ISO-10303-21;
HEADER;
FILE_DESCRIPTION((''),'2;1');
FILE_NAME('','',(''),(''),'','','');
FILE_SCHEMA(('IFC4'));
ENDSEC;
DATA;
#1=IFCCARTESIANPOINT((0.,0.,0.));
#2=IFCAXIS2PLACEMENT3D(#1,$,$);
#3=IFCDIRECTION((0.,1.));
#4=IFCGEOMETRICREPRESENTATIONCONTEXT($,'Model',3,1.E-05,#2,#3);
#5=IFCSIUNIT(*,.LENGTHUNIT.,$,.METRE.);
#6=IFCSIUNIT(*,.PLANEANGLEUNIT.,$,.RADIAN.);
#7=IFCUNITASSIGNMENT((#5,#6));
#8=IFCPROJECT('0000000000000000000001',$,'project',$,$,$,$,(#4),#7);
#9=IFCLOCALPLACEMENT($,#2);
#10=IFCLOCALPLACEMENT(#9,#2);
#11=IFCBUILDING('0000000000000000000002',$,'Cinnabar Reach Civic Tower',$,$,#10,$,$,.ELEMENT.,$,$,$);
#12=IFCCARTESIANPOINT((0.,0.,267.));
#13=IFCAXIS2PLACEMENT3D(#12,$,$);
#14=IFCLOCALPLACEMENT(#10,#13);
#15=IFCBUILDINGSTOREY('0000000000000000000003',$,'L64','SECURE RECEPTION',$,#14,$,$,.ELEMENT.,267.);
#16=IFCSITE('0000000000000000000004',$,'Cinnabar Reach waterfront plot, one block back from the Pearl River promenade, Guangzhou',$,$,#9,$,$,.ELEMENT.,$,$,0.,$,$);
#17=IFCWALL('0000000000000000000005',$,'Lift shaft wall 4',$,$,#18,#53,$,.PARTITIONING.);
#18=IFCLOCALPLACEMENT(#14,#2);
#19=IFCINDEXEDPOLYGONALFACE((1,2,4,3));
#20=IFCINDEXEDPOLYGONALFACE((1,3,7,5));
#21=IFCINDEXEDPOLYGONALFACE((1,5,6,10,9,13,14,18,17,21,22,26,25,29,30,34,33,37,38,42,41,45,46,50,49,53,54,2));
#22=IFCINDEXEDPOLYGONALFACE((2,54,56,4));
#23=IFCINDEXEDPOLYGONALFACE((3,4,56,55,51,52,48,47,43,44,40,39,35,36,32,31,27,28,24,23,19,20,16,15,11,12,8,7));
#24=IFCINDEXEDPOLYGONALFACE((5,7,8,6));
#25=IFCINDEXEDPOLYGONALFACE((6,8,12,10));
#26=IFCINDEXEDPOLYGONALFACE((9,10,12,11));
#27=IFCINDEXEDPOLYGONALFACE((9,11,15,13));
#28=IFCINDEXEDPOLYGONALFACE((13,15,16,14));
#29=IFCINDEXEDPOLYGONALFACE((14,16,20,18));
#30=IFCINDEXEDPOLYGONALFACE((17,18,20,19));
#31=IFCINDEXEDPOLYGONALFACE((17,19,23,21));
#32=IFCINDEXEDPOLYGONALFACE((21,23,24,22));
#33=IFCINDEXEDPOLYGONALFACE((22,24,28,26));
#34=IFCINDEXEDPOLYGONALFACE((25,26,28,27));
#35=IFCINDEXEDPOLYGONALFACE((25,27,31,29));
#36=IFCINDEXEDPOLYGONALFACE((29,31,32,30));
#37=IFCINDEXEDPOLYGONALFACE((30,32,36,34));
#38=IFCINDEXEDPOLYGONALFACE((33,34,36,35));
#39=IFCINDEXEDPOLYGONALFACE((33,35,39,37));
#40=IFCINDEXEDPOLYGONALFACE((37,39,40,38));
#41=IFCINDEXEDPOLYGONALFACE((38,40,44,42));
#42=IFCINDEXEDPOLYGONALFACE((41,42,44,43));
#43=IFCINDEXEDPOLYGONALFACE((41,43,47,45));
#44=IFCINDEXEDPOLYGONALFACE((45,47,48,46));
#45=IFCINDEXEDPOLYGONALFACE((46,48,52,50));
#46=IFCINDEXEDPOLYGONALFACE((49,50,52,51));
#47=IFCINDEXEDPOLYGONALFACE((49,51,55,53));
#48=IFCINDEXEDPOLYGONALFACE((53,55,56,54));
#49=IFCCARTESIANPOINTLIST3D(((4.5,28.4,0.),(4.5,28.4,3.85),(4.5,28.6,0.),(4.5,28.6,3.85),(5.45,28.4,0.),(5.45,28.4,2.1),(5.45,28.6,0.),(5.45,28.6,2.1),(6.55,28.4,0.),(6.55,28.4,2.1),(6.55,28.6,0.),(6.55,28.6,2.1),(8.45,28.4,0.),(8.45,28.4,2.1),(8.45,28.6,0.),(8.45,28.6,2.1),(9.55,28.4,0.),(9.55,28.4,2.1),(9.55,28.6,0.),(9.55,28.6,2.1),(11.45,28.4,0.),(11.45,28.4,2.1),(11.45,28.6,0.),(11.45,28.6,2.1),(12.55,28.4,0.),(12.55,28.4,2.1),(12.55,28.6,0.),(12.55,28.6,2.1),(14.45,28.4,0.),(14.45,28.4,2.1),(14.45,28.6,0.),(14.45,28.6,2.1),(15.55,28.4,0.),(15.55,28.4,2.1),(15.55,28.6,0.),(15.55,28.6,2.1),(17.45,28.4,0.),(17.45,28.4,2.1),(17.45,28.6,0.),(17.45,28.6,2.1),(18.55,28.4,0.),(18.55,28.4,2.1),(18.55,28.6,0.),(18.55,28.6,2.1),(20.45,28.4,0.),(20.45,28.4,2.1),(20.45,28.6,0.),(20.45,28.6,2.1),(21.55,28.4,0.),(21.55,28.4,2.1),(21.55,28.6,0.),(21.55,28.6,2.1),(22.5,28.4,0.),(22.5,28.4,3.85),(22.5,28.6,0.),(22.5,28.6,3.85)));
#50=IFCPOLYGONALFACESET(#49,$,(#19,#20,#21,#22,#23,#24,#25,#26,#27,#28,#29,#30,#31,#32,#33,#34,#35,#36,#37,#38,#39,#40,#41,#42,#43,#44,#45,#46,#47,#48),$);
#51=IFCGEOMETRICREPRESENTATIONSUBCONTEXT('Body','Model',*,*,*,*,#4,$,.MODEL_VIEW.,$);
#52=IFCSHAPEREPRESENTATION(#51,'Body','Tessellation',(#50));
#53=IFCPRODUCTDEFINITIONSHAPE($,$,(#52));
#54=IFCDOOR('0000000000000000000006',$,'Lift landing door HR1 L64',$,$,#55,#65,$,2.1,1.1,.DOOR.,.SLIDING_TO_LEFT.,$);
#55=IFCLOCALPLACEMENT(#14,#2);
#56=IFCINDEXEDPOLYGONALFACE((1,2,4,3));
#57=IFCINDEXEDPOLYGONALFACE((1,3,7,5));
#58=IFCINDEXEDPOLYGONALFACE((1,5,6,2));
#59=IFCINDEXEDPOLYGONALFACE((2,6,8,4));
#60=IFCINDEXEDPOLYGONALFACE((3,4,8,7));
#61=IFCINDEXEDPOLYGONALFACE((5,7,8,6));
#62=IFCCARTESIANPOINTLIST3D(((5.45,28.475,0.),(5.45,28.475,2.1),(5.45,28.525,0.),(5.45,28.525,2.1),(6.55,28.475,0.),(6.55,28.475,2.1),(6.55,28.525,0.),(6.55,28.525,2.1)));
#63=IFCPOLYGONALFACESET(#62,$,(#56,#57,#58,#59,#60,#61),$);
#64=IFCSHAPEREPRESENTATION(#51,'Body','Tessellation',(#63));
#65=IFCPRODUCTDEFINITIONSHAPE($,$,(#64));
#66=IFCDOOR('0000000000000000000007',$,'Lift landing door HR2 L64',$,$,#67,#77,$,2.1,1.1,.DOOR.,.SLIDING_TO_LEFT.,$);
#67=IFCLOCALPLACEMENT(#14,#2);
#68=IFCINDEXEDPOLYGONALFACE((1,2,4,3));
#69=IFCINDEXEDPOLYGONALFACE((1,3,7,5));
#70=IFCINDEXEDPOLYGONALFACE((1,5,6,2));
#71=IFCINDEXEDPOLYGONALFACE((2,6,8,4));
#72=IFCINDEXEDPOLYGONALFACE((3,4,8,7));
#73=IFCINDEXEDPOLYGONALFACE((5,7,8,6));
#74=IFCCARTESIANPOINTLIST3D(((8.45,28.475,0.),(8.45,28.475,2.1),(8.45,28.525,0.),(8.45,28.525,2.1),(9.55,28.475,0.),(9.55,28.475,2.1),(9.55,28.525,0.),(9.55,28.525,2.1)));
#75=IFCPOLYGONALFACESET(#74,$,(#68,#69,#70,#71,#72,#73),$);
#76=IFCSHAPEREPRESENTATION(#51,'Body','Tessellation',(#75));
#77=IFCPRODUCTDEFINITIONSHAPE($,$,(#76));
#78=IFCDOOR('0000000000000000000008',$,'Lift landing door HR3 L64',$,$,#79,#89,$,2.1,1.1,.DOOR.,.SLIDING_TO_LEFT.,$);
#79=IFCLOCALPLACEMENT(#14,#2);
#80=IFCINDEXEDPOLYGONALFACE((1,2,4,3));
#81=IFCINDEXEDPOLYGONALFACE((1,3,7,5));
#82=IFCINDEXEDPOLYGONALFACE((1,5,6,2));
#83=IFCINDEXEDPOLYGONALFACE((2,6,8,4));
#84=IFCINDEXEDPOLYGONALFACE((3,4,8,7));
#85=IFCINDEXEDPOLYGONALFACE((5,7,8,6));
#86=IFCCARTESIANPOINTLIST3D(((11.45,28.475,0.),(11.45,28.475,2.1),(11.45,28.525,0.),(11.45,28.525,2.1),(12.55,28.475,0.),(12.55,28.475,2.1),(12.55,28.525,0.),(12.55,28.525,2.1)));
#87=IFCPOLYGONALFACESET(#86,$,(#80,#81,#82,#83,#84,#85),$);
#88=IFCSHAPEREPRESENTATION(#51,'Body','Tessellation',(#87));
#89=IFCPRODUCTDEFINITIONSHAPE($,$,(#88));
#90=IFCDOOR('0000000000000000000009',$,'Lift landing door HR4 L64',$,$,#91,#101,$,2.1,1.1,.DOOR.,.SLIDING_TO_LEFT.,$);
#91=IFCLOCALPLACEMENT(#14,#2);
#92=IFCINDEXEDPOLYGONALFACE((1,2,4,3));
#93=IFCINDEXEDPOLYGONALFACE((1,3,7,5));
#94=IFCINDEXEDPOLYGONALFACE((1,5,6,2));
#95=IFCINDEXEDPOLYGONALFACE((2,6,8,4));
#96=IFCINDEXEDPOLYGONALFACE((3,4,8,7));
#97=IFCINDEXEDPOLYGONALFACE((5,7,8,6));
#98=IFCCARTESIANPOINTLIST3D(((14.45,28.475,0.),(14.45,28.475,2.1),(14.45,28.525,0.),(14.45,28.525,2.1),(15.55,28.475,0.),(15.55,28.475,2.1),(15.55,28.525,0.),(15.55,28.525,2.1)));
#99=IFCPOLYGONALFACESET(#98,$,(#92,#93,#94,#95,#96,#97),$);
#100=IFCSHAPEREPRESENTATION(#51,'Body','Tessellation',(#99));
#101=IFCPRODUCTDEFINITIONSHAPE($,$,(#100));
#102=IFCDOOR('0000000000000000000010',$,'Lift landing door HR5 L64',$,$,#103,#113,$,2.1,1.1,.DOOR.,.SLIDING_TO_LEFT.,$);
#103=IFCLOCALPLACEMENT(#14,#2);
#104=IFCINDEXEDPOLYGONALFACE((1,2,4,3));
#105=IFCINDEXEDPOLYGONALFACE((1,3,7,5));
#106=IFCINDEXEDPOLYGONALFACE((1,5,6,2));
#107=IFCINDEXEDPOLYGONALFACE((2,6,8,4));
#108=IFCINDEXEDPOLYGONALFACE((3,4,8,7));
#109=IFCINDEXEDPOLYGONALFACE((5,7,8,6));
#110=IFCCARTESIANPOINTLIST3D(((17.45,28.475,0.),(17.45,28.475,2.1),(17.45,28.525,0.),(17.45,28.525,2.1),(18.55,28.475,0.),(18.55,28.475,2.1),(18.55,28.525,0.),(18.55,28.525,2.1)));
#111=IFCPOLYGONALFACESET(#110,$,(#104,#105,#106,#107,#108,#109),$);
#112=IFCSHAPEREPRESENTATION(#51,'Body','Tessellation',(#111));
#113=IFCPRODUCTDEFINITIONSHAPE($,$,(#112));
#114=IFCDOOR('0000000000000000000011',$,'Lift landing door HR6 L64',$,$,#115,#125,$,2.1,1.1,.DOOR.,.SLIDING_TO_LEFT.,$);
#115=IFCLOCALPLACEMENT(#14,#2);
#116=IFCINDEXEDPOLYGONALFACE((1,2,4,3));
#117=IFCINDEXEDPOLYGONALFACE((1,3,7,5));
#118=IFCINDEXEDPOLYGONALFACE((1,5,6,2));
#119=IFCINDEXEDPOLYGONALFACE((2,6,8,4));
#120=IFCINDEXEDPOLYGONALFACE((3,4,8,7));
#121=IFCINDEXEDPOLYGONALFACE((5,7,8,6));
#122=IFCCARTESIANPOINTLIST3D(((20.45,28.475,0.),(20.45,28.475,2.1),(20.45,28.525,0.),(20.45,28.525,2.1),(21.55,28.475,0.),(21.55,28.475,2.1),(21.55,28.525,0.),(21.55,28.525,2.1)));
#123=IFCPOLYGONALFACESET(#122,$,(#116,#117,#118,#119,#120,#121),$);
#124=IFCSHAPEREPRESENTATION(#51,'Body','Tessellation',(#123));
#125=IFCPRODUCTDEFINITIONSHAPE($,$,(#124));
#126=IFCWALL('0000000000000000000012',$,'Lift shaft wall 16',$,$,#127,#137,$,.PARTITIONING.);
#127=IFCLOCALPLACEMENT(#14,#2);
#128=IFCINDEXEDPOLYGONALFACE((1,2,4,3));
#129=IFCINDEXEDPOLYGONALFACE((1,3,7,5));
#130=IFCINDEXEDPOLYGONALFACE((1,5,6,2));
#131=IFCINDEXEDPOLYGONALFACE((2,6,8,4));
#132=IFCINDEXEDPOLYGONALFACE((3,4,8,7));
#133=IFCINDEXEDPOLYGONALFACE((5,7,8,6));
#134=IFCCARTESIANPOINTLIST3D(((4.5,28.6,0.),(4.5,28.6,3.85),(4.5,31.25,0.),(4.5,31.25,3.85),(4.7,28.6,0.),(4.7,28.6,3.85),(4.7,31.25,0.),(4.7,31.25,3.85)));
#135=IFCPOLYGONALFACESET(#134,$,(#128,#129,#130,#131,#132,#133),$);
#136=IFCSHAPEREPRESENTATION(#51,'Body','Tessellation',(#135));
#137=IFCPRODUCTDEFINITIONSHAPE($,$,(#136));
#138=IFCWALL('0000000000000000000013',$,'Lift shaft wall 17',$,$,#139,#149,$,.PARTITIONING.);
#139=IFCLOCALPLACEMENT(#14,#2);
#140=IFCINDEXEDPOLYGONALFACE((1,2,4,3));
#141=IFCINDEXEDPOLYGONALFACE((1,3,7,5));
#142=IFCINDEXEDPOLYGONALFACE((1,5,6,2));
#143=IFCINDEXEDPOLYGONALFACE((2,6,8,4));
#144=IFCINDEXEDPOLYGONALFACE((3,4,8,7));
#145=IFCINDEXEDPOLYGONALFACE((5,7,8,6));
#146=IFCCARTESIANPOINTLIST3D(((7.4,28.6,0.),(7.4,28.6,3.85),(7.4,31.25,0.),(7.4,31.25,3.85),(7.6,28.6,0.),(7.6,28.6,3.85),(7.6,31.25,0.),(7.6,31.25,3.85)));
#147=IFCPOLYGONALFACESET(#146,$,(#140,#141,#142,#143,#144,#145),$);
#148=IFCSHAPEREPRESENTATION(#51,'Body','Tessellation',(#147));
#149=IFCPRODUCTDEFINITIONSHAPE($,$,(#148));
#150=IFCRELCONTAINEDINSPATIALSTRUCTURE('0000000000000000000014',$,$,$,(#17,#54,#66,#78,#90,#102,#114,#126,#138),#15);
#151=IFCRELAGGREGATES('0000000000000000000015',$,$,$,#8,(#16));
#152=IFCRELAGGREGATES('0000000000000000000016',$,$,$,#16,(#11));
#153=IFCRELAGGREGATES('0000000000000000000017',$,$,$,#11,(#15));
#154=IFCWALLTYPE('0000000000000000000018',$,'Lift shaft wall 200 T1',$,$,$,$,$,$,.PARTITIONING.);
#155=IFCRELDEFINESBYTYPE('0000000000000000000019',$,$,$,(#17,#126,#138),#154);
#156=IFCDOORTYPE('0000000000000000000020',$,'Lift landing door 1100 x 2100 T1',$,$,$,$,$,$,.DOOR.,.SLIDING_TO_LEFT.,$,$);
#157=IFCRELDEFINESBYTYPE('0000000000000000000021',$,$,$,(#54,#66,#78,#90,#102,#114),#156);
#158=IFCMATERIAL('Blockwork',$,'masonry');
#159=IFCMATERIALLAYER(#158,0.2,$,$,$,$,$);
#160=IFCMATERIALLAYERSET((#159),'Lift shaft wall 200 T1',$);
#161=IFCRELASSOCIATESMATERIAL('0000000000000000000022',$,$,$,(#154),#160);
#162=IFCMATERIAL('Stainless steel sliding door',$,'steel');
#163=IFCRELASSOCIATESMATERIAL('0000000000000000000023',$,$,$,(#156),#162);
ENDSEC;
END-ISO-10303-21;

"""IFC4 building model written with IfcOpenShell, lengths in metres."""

from ifc_helpers import new_model, si_unit, direction, frame, frame_2d, origin, place, context, subcontext, project, spatial, rectangle, extrude, material, layer, layer_set, type_object, element, fill, save


model = new_model("IFC4")

# Units and contexts
model_context = context("Model", 3, precision=1e-05, world=origin(), true_north=direction((0.0, 1.0)))
body_context = subcontext(model_context, "Body", "Model", "MODEL_VIEW")
ifc_project = project(units=[si_unit("LENGTHUNIT", "METRE"), si_unit("PLANEANGLEUNIT", "RADIAN")], contexts=[model_context])

# Site, building, storey
site_placement = place(None, origin())
site = spatial("IfcSite", under=ifc_project, at=site_placement, Name="Cinnabar Reach waterfront plot, one block back from the Pearl River promenade, Guangzhou", CompositionType="ELEMENT", RefElevation=0.0)
building_placement = place(site_placement, origin())
building = spatial("IfcBuilding", under=site, at=building_placement, Name="Cinnabar Reach Civic Tower", CompositionType="ELEMENT")
storey_placement = place(building_placement, frame((0.0, 0.0, 267.0)))
storey = spatial("IfcBuildingStorey", under=building, at=storey_placement, Name="L64", Description="SECURE RECEPTION", CompositionType="ELEMENT", Elevation=267.0)

# Wall, openings, doors
ifc_material_1 = material(Name="Blockwork", Category="masonry")
ifc_layer_1 = layer(ifc_material_1, 0.2)
ifc_layer_set_1 = layer_set([ifc_layer_1], Name="Lift shaft wall 200 T1")
wall_type_1 = type_object("IfcWallType", Name="Lift shaft wall 200 T1", PredefinedType="PARTITIONING", material=ifc_layer_set_1)
wall_1_placement = place(storey_placement, frame((4.5, 28.5, 0.0), z_axis=(0.0, 0.0, 1.0), x_axis=(1.0, 0.0, 0.0)))
wall_1 = element("IfcWall", 1, at=wall_1_placement, inside=storey, type_object=wall_type_1, Name="Lift shaft wall 4", PredefinedType="PARTITIONING", context=body_context, shape_type="SweptSolid", body=[
    extrude(rectangle(XDim=18.0, YDim=0.2, at=frame_2d((9.0, 0.0))), origin(), (0.0, 0.0, 1.0), 3.85),
])
opening_1_placement = place(wall_1_placement, frame((0.95, 0.0, 0.0)))
opening_1 = element("IfcOpeningElement", 2, at=opening_1_placement, cuts=wall_1, PredefinedType="OPENING", context=body_context, shape_type="SweptSolid", body=[
    extrude(rectangle(XDim=1.1, YDim=2.1, at=frame_2d((0.55, 1.05))), frame((0.0, 0.11, 0.0), z_axis=(0.0, -1.0, 0.0), x_axis=(1.0, 0.0, 0.0)), (0.0, 0.0, 1.0), 0.22),
])
opening_2_placement = place(wall_1_placement, frame((3.95, 0.0, 0.0)))
opening_2 = element("IfcOpeningElement", 3, at=opening_2_placement, cuts=wall_1, PredefinedType="OPENING", context=body_context, shape_type="SweptSolid", body=[
    extrude(rectangle(XDim=1.1, YDim=2.1, at=frame_2d((0.55, 1.05))), frame((0.0, 0.11, 0.0), z_axis=(0.0, -1.0, 0.0), x_axis=(1.0, 0.0, 0.0)), (0.0, 0.0, 1.0), 0.22),
])
opening_3_placement = place(wall_1_placement, frame((6.95, 0.0, 0.0)))
opening_3 = element("IfcOpeningElement", 4, at=opening_3_placement, cuts=wall_1, PredefinedType="OPENING", context=body_context, shape_type="SweptSolid", body=[
    extrude(rectangle(XDim=1.1, YDim=2.1, at=frame_2d((0.55, 1.05))), frame((0.0, 0.11, 0.0), z_axis=(0.0, -1.0, 0.0), x_axis=(1.0, 0.0, 0.0)), (0.0, 0.0, 1.0), 0.22),
])
opening_4_placement = place(wall_1_placement, frame((9.95, 0.0, 0.0)))
opening_4 = element("IfcOpeningElement", 5, at=opening_4_placement, cuts=wall_1, PredefinedType="OPENING", context=body_context, shape_type="SweptSolid", body=[
    extrude(rectangle(XDim=1.1, YDim=2.1, at=frame_2d((0.55, 1.05))), frame((0.0, 0.11, 0.0), z_axis=(0.0, -1.0, 0.0), x_axis=(1.0, 0.0, 0.0)), (0.0, 0.0, 1.0), 0.22),
])
opening_5_placement = place(wall_1_placement, frame((12.95, 0.0, 0.0)))
opening_5 = element("IfcOpeningElement", 6, at=opening_5_placement, cuts=wall_1, PredefinedType="OPENING", context=body_context, shape_type="SweptSolid", body=[
    extrude(rectangle(XDim=1.1, YDim=2.1, at=frame_2d((0.55, 1.05))), frame((0.0, 0.11, 0.0), z_axis=(0.0, -1.0, 0.0), x_axis=(1.0, 0.0, 0.0)), (0.0, 0.0, 1.0), 0.22),
])
opening_6_placement = place(wall_1_placement, frame((15.95, 0.0, 0.0)))
opening_6 = element("IfcOpeningElement", 7, at=opening_6_placement, cuts=wall_1, PredefinedType="OPENING", context=body_context, shape_type="SweptSolid", body=[
    extrude(rectangle(XDim=1.1, YDim=2.1, at=frame_2d((0.55, 1.05))), frame((0.0, 0.11, 0.0), z_axis=(0.0, -1.0, 0.0), x_axis=(1.0, 0.0, 0.0)), (0.0, 0.0, 1.0), 0.22),
])
ifc_material_2 = material(Name="Stainless steel sliding door", Category="steel")
door_type_1 = type_object("IfcDoorType", Name="Lift landing door 1100 x 2100 T1", OperationType="SLIDING_TO_LEFT", PredefinedType="DOOR", material=ifc_material_2)
door_1_placement = place(opening_1_placement, origin())
door_1 = element("IfcDoor", 8, at=door_1_placement, inside=storey, type_object=door_type_1, Name="Lift landing door HR1 L64", OperationType="SLIDING_TO_LEFT", OverallHeight=2.1, OverallWidth=1.1, PredefinedType="DOOR", context=body_context, shape_type="SweptSolid", body=[
    extrude(rectangle(XDim=1.1, YDim=2.1, at=frame_2d((0.55, 1.05))), frame((0.0, 0.025, 0.0), z_axis=(0.0, -1.0, 0.0), x_axis=(1.0, 0.0, 0.0)), (0.0, 0.0, 1.0), 0.05),
])
fill(opening_1, door_1)
door_2_placement = place(opening_2_placement, origin())
door_2 = element("IfcDoor", 9, at=door_2_placement, inside=storey, type_object=door_type_1, Name="Lift landing door HR2 L64", OperationType="SLIDING_TO_LEFT", OverallHeight=2.1, OverallWidth=1.1, PredefinedType="DOOR", context=body_context, shape_type="SweptSolid", body=[
    extrude(rectangle(XDim=1.1, YDim=2.1, at=frame_2d((0.55, 1.05))), frame((0.0, 0.025, 0.0), z_axis=(0.0, -1.0, 0.0), x_axis=(1.0, 0.0, 0.0)), (0.0, 0.0, 1.0), 0.05),
])
fill(opening_2, door_2)
door_3_placement = place(opening_3_placement, origin())
door_3 = element("IfcDoor", 10, at=door_3_placement, inside=storey, type_object=door_type_1, Name="Lift landing door HR3 L64", OperationType="SLIDING_TO_LEFT", OverallHeight=2.1, OverallWidth=1.1, PredefinedType="DOOR", context=body_context, shape_type="SweptSolid", body=[
    extrude(rectangle(XDim=1.1, YDim=2.1, at=frame_2d((0.55, 1.05))), frame((0.0, 0.025, 0.0), z_axis=(0.0, -1.0, 0.0), x_axis=(1.0, 0.0, 0.0)), (0.0, 0.0, 1.0), 0.05),
])
fill(opening_3, door_3)
door_4_placement = place(opening_4_placement, origin())
door_4 = element("IfcDoor", 11, at=door_4_placement, inside=storey, type_object=door_type_1, Name="Lift landing door HR4 L64", OperationType="SLIDING_TO_LEFT", OverallHeight=2.1, OverallWidth=1.1, PredefinedType="DOOR", context=body_context, shape_type="SweptSolid", body=[
    extrude(rectangle(XDim=1.1, YDim=2.1, at=frame_2d((0.55, 1.05))), frame((0.0, 0.025, 0.0), z_axis=(0.0, -1.0, 0.0), x_axis=(1.0, 0.0, 0.0)), (0.0, 0.0, 1.0), 0.05),
])
fill(opening_4, door_4)
door_5_placement = place(opening_5_placement, origin())
door_5 = element("IfcDoor", 12, at=door_5_placement, inside=storey, type_object=door_type_1, Name="Lift landing door HR5 L64", OperationType="SLIDING_TO_LEFT", OverallHeight=2.1, OverallWidth=1.1, PredefinedType="DOOR", context=body_context, shape_type="SweptSolid", body=[
    extrude(rectangle(XDim=1.1, YDim=2.1, at=frame_2d((0.55, 1.05))), frame((0.0, 0.025, 0.0), z_axis=(0.0, -1.0, 0.0), x_axis=(1.0, 0.0, 0.0)), (0.0, 0.0, 1.0), 0.05),
])
fill(opening_5, door_5)
door_6_placement = place(opening_6_placement, origin())
door_6 = element("IfcDoor", 13, at=door_6_placement, inside=storey, type_object=door_type_1, Name="Lift landing door HR6 L64", OperationType="SLIDING_TO_LEFT", OverallHeight=2.1, OverallWidth=1.1, PredefinedType="DOOR", context=body_context, shape_type="SweptSolid", body=[
    extrude(rectangle(XDim=1.1, YDim=2.1, at=frame_2d((0.55, 1.05))), frame((0.0, 0.025, 0.0), z_axis=(0.0, -1.0, 0.0), x_axis=(1.0, 0.0, 0.0)), (0.0, 0.0, 1.0), 0.05),
])
fill(opening_6, door_6)

# Walls
for number, where, z_axis, x_axis, name in (
    (14, (4.6, 28.6, 0.0), (0.0, 0.0, 1.0), (0.0, 1.0, 0.0), "Lift shaft wall 16"),
    (15, (7.5, 28.6, 0.0), (0.0, 0.0, 1.0), (0.0, 1.0, 0.0), "Lift shaft wall 17"),
):
    element("IfcWall", number, at=place(storey_placement, frame(where, z_axis=z_axis, x_axis=x_axis)), inside=storey, type_object=wall_type_1, Name=name, PredefinedType="PARTITIONING", context=body_context, shape_type="SweptSolid", body=[
        extrude(rectangle(XDim=2.65, YDim=0.2, at=frame_2d((1.325, 0.0))), origin(), (0.0, 0.0, 1.0), 3.85),
    ])

save(model, "model.ifc")
